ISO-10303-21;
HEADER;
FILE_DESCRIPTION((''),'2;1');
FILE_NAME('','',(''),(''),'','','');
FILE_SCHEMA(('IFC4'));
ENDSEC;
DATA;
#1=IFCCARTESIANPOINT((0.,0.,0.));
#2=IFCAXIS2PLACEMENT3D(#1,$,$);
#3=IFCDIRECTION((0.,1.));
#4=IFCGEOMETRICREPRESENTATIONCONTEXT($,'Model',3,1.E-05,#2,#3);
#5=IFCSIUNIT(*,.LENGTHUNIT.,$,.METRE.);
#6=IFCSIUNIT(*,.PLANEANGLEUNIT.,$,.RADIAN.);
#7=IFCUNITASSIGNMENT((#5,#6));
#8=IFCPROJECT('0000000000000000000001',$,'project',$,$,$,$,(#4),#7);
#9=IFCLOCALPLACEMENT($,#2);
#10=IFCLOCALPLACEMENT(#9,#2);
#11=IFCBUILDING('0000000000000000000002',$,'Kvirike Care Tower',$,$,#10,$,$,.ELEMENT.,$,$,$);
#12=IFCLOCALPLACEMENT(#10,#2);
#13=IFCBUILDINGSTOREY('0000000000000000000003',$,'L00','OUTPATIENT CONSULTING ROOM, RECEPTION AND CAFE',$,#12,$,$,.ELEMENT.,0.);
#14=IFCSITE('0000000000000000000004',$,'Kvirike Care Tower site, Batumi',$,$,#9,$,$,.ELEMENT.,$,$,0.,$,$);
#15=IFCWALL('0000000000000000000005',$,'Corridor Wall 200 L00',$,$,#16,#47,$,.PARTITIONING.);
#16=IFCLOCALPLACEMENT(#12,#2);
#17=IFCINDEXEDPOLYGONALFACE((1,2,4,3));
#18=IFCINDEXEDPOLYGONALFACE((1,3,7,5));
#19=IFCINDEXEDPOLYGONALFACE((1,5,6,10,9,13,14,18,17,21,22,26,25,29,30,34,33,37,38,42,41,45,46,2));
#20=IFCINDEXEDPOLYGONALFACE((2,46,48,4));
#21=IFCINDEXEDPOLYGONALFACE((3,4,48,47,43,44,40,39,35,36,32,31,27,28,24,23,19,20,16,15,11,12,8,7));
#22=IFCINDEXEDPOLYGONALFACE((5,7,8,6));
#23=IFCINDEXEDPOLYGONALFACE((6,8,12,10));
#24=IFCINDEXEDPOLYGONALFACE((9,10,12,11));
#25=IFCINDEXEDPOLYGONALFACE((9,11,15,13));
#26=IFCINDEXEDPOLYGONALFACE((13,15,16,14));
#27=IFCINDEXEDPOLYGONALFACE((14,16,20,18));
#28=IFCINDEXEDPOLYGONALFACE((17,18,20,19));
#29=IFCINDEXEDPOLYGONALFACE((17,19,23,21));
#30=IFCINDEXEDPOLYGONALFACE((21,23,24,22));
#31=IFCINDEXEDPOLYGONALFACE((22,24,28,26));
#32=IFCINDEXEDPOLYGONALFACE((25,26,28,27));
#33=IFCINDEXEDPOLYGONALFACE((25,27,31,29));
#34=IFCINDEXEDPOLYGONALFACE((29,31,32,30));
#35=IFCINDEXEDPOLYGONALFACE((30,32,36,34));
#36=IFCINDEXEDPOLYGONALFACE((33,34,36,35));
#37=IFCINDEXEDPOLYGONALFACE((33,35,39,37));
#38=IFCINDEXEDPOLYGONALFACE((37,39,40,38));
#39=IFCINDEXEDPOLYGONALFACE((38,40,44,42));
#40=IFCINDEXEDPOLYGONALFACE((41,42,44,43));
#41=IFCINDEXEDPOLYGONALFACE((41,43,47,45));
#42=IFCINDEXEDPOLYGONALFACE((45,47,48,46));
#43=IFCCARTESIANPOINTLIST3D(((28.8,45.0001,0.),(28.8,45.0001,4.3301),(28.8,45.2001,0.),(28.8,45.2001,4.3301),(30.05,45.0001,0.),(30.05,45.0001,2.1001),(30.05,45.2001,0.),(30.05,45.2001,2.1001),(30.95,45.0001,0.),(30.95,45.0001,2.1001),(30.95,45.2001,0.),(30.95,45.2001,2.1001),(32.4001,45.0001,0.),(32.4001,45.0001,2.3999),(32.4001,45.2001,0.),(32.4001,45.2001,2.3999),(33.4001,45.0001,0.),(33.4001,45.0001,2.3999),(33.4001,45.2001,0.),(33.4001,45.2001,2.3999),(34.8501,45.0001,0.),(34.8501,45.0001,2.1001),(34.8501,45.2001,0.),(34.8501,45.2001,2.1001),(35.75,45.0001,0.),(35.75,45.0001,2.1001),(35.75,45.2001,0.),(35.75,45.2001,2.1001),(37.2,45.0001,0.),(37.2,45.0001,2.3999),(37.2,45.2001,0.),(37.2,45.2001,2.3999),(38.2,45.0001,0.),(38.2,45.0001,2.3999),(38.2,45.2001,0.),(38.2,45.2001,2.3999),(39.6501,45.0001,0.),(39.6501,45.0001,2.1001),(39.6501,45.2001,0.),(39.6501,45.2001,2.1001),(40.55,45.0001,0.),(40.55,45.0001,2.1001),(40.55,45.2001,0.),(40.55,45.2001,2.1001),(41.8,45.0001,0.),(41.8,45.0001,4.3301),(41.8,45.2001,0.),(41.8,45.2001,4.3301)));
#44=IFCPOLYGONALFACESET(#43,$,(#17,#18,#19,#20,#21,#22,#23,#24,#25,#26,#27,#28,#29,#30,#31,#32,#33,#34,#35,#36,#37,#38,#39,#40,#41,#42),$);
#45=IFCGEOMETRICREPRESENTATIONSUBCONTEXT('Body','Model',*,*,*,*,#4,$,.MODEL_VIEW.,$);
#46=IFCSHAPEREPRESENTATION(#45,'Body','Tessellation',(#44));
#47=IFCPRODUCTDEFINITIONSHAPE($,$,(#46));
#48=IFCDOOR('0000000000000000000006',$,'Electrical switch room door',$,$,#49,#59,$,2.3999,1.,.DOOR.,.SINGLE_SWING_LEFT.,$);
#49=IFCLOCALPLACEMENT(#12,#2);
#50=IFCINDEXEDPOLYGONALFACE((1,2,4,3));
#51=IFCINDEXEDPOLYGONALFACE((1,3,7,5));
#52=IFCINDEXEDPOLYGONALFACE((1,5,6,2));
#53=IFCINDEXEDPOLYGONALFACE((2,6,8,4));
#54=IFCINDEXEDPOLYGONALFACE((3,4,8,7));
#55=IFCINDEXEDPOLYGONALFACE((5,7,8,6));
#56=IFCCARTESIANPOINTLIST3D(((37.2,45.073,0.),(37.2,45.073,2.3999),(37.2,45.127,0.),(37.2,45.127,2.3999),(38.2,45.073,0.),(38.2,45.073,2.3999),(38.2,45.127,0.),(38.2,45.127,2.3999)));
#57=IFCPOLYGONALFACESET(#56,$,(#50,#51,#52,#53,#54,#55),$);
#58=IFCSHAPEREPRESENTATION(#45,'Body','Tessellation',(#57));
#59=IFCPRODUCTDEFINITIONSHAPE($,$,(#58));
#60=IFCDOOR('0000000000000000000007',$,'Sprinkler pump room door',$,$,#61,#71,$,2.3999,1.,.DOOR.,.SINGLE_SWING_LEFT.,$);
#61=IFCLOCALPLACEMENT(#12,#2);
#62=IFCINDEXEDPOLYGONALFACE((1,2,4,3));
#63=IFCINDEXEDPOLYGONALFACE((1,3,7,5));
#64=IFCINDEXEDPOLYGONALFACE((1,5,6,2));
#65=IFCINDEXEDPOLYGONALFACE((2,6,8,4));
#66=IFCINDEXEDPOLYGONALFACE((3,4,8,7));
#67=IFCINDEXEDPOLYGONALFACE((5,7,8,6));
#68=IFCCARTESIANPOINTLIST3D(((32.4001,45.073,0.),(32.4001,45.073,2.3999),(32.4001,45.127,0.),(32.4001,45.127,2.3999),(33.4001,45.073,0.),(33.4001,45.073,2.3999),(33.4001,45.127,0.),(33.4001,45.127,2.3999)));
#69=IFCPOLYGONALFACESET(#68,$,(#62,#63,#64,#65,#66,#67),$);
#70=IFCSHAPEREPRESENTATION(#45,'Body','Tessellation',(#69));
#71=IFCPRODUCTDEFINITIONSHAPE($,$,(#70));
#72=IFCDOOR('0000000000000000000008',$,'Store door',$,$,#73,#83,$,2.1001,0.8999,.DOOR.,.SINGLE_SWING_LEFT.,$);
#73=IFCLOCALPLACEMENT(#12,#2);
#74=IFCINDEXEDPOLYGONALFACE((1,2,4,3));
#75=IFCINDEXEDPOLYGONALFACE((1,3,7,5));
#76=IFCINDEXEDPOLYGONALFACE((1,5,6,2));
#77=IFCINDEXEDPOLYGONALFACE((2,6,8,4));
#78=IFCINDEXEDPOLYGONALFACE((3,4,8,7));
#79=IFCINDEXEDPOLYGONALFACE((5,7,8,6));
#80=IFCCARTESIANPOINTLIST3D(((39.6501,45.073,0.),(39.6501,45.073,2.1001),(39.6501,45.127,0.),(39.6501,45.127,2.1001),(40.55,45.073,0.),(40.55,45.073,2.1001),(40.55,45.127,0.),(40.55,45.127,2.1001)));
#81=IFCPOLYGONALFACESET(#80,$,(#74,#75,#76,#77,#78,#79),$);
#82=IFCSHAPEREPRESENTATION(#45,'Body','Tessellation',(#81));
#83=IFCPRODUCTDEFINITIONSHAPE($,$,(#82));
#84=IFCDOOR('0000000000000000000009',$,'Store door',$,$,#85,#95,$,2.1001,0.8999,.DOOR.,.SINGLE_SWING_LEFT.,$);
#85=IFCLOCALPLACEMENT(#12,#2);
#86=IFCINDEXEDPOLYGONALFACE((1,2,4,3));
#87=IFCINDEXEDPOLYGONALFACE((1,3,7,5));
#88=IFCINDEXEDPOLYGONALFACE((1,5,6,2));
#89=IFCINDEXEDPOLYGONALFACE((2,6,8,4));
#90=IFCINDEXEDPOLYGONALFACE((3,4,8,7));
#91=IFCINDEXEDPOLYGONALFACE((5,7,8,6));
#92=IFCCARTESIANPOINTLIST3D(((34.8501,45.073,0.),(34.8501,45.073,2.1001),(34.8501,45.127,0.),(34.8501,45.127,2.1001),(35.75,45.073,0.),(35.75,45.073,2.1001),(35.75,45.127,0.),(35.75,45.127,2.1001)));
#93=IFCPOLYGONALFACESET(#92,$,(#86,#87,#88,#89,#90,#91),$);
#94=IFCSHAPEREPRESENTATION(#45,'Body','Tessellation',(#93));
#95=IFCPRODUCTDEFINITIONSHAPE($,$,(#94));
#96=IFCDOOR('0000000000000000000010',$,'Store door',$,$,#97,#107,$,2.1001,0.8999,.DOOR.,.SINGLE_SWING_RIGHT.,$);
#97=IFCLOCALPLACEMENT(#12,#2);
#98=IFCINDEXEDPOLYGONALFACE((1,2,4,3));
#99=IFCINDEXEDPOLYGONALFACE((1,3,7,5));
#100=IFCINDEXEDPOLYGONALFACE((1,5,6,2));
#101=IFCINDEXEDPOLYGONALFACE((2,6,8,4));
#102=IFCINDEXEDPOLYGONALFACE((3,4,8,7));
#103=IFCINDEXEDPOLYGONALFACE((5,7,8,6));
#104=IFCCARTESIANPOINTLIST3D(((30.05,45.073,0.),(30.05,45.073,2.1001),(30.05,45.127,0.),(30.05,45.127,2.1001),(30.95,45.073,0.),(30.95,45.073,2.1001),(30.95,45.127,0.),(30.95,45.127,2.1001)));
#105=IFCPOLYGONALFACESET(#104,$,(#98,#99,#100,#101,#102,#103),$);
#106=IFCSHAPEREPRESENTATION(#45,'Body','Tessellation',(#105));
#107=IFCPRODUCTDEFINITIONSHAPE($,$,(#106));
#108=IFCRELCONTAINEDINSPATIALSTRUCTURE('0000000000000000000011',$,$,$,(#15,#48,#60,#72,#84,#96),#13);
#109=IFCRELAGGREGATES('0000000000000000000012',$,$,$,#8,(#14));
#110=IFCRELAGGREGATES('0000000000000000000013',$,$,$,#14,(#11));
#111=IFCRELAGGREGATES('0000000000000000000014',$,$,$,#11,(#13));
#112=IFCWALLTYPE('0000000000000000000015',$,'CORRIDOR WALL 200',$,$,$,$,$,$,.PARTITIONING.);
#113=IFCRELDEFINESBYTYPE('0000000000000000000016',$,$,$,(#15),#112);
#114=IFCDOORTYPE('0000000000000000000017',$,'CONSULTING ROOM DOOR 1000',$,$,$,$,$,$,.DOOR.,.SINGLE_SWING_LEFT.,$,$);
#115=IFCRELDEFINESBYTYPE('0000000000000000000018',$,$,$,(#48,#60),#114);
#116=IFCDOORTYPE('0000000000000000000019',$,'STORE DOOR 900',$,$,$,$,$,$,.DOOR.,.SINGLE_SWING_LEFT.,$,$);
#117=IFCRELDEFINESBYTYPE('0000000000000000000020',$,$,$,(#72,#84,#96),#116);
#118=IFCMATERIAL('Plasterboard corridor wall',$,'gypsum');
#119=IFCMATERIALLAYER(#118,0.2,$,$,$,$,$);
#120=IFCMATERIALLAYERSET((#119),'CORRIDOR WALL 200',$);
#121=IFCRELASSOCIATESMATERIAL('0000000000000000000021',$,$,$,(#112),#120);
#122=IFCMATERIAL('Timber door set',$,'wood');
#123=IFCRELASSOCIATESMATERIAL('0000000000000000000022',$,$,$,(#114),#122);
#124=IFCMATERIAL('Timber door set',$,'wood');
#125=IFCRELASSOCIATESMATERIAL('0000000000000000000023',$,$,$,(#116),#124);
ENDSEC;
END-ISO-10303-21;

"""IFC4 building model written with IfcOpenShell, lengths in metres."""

from ifc_helpers import new_model, si_unit, direction, frame, frame_2d, origin, place, context, subcontext, project, spatial, rectangle, extrude, material, layer, layer_set, type_object, element, fill, save


model = new_model("IFC4")

# Units and contexts
model_context = context("Model", 3, precision=1e-05, world=origin(), true_north=direction((0.0, 1.0)))
body_context = subcontext(model_context, "Body", "Model", "MODEL_VIEW")
ifc_project = project(units=[si_unit("LENGTHUNIT", "METRE"), si_unit("PLANEANGLEUNIT", "RADIAN")], contexts=[model_context])

# Site, building, storey
site_placement = place(None, origin())
site = spatial("IfcSite", under=ifc_project, at=site_placement, Name="Kvirike Care Tower site, Batumi", CompositionType="ELEMENT", RefElevation=0.0)
building_placement = place(site_placement, origin())
building = spatial("IfcBuilding", under=site, at=building_placement, Name="Kvirike Care Tower", CompositionType="ELEMENT")
storey_placement = place(building_placement, origin())
storey = spatial("IfcBuildingStorey", under=building, at=storey_placement, Name="L00", Description="OUTPATIENT CONSULTING ROOM, RECEPTION AND CAFE", CompositionType="ELEMENT", Elevation=0.0)

# Wall, openings, doors
ifc_material_1 = material(Name="Plasterboard corridor wall", Category="gypsum")
ifc_layer_1 = layer(ifc_material_1, 0.2)
ifc_layer_set_1 = layer_set([ifc_layer_1], Name="CORRIDOR WALL 200")
wall_type_1 = type_object("IfcWallType", Name="CORRIDOR WALL 200", PredefinedType="PARTITIONING", material=ifc_layer_set_1)
wall_1_placement = place(storey_placement, frame((41.8, 45.1001, 0.0), z_axis=(0.0, 0.0, 1.0), x_axis=(-1.0, 0.0, 0.0)))
wall_1 = element("IfcWall", 1, at=wall_1_placement, inside=storey, type_object=wall_type_1, Name="Corridor Wall 200 L00", PredefinedType="PARTITIONING", context=body_context, shape_type="SweptSolid", body=[
    extrude(rectangle(XDim=13.0, YDim=0.2, at=frame_2d((6.5, 0.0))), origin(), (0.0, 0.0, 1.0), 4.3301),
])
opening_1_placement = place(wall_1_placement, frame((3.6001, 0.0, 0.0)))
opening_1 = element("IfcOpeningElement", 2, at=opening_1_placement, cuts=wall_1, PredefinedType="OPENING", context=body_context, shape_type="SweptSolid", body=[
    extrude(rectangle(XDim=1.0, YDim=2.3999, at=frame_2d((0.5, 1.2))), frame((0.0, 0.1106, 0.0), z_axis=(0.0, -1.0, 0.0), x_axis=(1.0, 0.0, 0.0)), (0.0, 0.0, 1.0), 0.2209),
])
opening_2_placement = place(wall_1_placement, frame((8.3999, 0.0, 0.0)))
opening_2 = element("IfcOpeningElement", 3, at=opening_2_placement, cuts=wall_1, PredefinedType="OPENING", context=body_context, shape_type="SweptSolid", body=[
    extrude(rectangle(XDim=1.0, YDim=2.3999, at=frame_2d((0.5, 1.2))), frame((0.0, 0.1106, 0.0), z_axis=(0.0, -1.0, 0.0), x_axis=(1.0, 0.0, 0.0)), (0.0, 0.0, 1.0), 0.2209),
])
opening_3_placement = place(wall_1_placement, frame((1.25, 0.0, 0.0)))
opening_3 = element("IfcOpeningElement", 4, at=opening_3_placement, cuts=wall_1, PredefinedType="OPENING", context=body_context, shape_type="SweptSolid", body=[
    extrude(rectangle(XDim=0.8999, YDim=2.1001, at=frame_2d((0.45, 1.05))), frame((0.0, 0.1106, 0.0), z_axis=(0.0, -1.0, 0.0), x_axis=(1.0, 0.0, 0.0)), (0.0, 0.0, 1.0), 0.2209),
])
opening_4_placement = place(wall_1_placement, frame((6.05, 0.0, 0.0)))
opening_4 = element("IfcOpeningElement", 5, at=opening_4_placement, cuts=wall_1, PredefinedType="OPENING", context=body_context, shape_type="SweptSolid", body=[
    extrude(rectangle(XDim=0.8999, YDim=2.1001, at=frame_2d((0.45, 1.05))), frame((0.0, 0.1106, 0.0), z_axis=(0.0, -1.0, 0.0), x_axis=(1.0, 0.0, 0.0)), (0.0, 0.0, 1.0), 0.2209),
])
opening_5_placement = place(wall_1_placement, frame((10.8501, 0.0, 0.0)))
opening_5 = element("IfcOpeningElement", 6, at=opening_5_placement, cuts=wall_1, PredefinedType="OPENING", context=body_context, shape_type="SweptSolid", body=[
    extrude(rectangle(XDim=0.8999, YDim=2.1001, at=frame_2d((0.45, 1.05))), frame((0.0, 0.1106, 0.0), z_axis=(0.0, -1.0, 0.0), x_axis=(1.0, 0.0, 0.0)), (0.0, 0.0, 1.0), 0.2209),
])
ifc_material_2 = material(Name="Timber door set", Category="wood")
door_type_1 = type_object("IfcDoorType", Name="CONSULTING ROOM DOOR 1000", OperationType="SINGLE_SWING_LEFT", PredefinedType="DOOR", material=ifc_material_2)
door_1_placement = place(opening_1_placement, frame((1.0, 0.0, 0.0), z_axis=(0.0, 0.0, 1.0), x_axis=(-1.0, 0.0, 0.0)))
door_1 = element("IfcDoor", 7, at=door_1_placement, inside=storey, type_object=door_type_1, Name="Electrical switch room door", OperationType="SINGLE_SWING_LEFT", OverallHeight=2.3999, OverallWidth=1.0, PredefinedType="DOOR", context=body_context, shape_type="SweptSolid", body=[
    extrude(rectangle(XDim=1.0, YDim=2.3999, at=frame_2d((0.5, 1.2))), frame((0.0, 0.0269, 0.0), z_axis=(0.0, -1.0, 0.0), x_axis=(1.0, 0.0, 0.0)), (0.0, 0.0, 1.0), 0.054),
])
fill(opening_1, door_1)
door_2_placement = place(opening_2_placement, frame((1.0, 0.0, 0.0), z_axis=(0.0, 0.0, 1.0), x_axis=(-1.0, 0.0, 0.0)))
door_2 = element("IfcDoor", 8, at=door_2_placement, inside=storey, type_object=door_type_1, Name="Sprinkler pump room door", OperationType="SINGLE_SWING_LEFT", OverallHeight=2.3999, OverallWidth=1.0, PredefinedType="DOOR", context=body_context, shape_type="SweptSolid", body=[
    extrude(rectangle(XDim=1.0, YDim=2.3999, at=frame_2d((0.5, 1.2))), frame((0.0, 0.0269, 0.0), z_axis=(0.0, -1.0, 0.0), x_axis=(1.0, 0.0, 0.0)), (0.0, 0.0, 1.0), 0.054),
])
fill(opening_2, door_2)
ifc_material_3 = material(Name="Timber door set", Category="wood")
door_type_2 = type_object("IfcDoorType", Name="STORE DOOR 900", OperationType="SINGLE_SWING_LEFT", PredefinedType="DOOR", material=ifc_material_3)
door_3_placement = place(opening_3_placement, frame((0.8999, 0.0, 0.0), z_axis=(0.0, 0.0, 1.0), x_axis=(-1.0, 0.0, 0.0)))
door_3 = element("IfcDoor", 9, at=door_3_placement, inside=storey, type_object=door_type_2, Name="Store door", OperationType="SINGLE_SWING_LEFT", OverallHeight=2.1001, OverallWidth=0.8999, PredefinedType="DOOR", context=body_context, shape_type="SweptSolid", body=[
    extrude(rectangle(XDim=0.8999, YDim=2.1001, at=frame_2d((0.45, 1.05))), frame((0.0, 0.0269, 0.0), z_axis=(0.0, -1.0, 0.0), x_axis=(1.0, 0.0, 0.0)), (0.0, 0.0, 1.0), 0.054),
])
fill(opening_3, door_3)
door_4_placement = place(opening_4_placement, frame((0.8999, 0.0, 0.0), z_axis=(0.0, 0.0, 1.0), x_axis=(-1.0, 0.0, 0.0)))
door_4 = element("IfcDoor", 10, at=door_4_placement, inside=storey, type_object=door_type_2, Name="Store door", OperationType="SINGLE_SWING_LEFT", OverallHeight=2.1001, OverallWidth=0.8999, PredefinedType="DOOR", context=body_context, shape_type="SweptSolid", body=[
    extrude(rectangle(XDim=0.8999, YDim=2.1001, at=frame_2d((0.45, 1.05))), frame((0.0, 0.0269, 0.0), z_axis=(0.0, -1.0, 0.0), x_axis=(1.0, 0.0, 0.0)), (0.0, 0.0, 1.0), 0.054),
])
fill(opening_4, door_4)
door_5_placement = place(opening_5_placement, frame((0.8999, 0.0, 0.0), z_axis=(0.0, 0.0, 1.0), x_axis=(-1.0, 0.0, 0.0)))
door_5 = element("IfcDoor", 11, at=door_5_placement, inside=storey, type_object=door_type_2, Name="Store door", OperationType="SINGLE_SWING_RIGHT", OverallHeight=2.1001, OverallWidth=0.8999, PredefinedType="DOOR", context=body_context, shape_type="SweptSolid", body=[
    extrude(rectangle(XDim=0.8999, YDim=2.1001, at=frame_2d((0.45, 1.05))), frame((0.0, 0.0269, 0.0), z_axis=(0.0, -1.0, 0.0), x_axis=(1.0, 0.0, 0.0)), (0.0, 0.0, 1.0), 0.054),
])
fill(opening_5, door_5)

save(model, "model.ifc")
